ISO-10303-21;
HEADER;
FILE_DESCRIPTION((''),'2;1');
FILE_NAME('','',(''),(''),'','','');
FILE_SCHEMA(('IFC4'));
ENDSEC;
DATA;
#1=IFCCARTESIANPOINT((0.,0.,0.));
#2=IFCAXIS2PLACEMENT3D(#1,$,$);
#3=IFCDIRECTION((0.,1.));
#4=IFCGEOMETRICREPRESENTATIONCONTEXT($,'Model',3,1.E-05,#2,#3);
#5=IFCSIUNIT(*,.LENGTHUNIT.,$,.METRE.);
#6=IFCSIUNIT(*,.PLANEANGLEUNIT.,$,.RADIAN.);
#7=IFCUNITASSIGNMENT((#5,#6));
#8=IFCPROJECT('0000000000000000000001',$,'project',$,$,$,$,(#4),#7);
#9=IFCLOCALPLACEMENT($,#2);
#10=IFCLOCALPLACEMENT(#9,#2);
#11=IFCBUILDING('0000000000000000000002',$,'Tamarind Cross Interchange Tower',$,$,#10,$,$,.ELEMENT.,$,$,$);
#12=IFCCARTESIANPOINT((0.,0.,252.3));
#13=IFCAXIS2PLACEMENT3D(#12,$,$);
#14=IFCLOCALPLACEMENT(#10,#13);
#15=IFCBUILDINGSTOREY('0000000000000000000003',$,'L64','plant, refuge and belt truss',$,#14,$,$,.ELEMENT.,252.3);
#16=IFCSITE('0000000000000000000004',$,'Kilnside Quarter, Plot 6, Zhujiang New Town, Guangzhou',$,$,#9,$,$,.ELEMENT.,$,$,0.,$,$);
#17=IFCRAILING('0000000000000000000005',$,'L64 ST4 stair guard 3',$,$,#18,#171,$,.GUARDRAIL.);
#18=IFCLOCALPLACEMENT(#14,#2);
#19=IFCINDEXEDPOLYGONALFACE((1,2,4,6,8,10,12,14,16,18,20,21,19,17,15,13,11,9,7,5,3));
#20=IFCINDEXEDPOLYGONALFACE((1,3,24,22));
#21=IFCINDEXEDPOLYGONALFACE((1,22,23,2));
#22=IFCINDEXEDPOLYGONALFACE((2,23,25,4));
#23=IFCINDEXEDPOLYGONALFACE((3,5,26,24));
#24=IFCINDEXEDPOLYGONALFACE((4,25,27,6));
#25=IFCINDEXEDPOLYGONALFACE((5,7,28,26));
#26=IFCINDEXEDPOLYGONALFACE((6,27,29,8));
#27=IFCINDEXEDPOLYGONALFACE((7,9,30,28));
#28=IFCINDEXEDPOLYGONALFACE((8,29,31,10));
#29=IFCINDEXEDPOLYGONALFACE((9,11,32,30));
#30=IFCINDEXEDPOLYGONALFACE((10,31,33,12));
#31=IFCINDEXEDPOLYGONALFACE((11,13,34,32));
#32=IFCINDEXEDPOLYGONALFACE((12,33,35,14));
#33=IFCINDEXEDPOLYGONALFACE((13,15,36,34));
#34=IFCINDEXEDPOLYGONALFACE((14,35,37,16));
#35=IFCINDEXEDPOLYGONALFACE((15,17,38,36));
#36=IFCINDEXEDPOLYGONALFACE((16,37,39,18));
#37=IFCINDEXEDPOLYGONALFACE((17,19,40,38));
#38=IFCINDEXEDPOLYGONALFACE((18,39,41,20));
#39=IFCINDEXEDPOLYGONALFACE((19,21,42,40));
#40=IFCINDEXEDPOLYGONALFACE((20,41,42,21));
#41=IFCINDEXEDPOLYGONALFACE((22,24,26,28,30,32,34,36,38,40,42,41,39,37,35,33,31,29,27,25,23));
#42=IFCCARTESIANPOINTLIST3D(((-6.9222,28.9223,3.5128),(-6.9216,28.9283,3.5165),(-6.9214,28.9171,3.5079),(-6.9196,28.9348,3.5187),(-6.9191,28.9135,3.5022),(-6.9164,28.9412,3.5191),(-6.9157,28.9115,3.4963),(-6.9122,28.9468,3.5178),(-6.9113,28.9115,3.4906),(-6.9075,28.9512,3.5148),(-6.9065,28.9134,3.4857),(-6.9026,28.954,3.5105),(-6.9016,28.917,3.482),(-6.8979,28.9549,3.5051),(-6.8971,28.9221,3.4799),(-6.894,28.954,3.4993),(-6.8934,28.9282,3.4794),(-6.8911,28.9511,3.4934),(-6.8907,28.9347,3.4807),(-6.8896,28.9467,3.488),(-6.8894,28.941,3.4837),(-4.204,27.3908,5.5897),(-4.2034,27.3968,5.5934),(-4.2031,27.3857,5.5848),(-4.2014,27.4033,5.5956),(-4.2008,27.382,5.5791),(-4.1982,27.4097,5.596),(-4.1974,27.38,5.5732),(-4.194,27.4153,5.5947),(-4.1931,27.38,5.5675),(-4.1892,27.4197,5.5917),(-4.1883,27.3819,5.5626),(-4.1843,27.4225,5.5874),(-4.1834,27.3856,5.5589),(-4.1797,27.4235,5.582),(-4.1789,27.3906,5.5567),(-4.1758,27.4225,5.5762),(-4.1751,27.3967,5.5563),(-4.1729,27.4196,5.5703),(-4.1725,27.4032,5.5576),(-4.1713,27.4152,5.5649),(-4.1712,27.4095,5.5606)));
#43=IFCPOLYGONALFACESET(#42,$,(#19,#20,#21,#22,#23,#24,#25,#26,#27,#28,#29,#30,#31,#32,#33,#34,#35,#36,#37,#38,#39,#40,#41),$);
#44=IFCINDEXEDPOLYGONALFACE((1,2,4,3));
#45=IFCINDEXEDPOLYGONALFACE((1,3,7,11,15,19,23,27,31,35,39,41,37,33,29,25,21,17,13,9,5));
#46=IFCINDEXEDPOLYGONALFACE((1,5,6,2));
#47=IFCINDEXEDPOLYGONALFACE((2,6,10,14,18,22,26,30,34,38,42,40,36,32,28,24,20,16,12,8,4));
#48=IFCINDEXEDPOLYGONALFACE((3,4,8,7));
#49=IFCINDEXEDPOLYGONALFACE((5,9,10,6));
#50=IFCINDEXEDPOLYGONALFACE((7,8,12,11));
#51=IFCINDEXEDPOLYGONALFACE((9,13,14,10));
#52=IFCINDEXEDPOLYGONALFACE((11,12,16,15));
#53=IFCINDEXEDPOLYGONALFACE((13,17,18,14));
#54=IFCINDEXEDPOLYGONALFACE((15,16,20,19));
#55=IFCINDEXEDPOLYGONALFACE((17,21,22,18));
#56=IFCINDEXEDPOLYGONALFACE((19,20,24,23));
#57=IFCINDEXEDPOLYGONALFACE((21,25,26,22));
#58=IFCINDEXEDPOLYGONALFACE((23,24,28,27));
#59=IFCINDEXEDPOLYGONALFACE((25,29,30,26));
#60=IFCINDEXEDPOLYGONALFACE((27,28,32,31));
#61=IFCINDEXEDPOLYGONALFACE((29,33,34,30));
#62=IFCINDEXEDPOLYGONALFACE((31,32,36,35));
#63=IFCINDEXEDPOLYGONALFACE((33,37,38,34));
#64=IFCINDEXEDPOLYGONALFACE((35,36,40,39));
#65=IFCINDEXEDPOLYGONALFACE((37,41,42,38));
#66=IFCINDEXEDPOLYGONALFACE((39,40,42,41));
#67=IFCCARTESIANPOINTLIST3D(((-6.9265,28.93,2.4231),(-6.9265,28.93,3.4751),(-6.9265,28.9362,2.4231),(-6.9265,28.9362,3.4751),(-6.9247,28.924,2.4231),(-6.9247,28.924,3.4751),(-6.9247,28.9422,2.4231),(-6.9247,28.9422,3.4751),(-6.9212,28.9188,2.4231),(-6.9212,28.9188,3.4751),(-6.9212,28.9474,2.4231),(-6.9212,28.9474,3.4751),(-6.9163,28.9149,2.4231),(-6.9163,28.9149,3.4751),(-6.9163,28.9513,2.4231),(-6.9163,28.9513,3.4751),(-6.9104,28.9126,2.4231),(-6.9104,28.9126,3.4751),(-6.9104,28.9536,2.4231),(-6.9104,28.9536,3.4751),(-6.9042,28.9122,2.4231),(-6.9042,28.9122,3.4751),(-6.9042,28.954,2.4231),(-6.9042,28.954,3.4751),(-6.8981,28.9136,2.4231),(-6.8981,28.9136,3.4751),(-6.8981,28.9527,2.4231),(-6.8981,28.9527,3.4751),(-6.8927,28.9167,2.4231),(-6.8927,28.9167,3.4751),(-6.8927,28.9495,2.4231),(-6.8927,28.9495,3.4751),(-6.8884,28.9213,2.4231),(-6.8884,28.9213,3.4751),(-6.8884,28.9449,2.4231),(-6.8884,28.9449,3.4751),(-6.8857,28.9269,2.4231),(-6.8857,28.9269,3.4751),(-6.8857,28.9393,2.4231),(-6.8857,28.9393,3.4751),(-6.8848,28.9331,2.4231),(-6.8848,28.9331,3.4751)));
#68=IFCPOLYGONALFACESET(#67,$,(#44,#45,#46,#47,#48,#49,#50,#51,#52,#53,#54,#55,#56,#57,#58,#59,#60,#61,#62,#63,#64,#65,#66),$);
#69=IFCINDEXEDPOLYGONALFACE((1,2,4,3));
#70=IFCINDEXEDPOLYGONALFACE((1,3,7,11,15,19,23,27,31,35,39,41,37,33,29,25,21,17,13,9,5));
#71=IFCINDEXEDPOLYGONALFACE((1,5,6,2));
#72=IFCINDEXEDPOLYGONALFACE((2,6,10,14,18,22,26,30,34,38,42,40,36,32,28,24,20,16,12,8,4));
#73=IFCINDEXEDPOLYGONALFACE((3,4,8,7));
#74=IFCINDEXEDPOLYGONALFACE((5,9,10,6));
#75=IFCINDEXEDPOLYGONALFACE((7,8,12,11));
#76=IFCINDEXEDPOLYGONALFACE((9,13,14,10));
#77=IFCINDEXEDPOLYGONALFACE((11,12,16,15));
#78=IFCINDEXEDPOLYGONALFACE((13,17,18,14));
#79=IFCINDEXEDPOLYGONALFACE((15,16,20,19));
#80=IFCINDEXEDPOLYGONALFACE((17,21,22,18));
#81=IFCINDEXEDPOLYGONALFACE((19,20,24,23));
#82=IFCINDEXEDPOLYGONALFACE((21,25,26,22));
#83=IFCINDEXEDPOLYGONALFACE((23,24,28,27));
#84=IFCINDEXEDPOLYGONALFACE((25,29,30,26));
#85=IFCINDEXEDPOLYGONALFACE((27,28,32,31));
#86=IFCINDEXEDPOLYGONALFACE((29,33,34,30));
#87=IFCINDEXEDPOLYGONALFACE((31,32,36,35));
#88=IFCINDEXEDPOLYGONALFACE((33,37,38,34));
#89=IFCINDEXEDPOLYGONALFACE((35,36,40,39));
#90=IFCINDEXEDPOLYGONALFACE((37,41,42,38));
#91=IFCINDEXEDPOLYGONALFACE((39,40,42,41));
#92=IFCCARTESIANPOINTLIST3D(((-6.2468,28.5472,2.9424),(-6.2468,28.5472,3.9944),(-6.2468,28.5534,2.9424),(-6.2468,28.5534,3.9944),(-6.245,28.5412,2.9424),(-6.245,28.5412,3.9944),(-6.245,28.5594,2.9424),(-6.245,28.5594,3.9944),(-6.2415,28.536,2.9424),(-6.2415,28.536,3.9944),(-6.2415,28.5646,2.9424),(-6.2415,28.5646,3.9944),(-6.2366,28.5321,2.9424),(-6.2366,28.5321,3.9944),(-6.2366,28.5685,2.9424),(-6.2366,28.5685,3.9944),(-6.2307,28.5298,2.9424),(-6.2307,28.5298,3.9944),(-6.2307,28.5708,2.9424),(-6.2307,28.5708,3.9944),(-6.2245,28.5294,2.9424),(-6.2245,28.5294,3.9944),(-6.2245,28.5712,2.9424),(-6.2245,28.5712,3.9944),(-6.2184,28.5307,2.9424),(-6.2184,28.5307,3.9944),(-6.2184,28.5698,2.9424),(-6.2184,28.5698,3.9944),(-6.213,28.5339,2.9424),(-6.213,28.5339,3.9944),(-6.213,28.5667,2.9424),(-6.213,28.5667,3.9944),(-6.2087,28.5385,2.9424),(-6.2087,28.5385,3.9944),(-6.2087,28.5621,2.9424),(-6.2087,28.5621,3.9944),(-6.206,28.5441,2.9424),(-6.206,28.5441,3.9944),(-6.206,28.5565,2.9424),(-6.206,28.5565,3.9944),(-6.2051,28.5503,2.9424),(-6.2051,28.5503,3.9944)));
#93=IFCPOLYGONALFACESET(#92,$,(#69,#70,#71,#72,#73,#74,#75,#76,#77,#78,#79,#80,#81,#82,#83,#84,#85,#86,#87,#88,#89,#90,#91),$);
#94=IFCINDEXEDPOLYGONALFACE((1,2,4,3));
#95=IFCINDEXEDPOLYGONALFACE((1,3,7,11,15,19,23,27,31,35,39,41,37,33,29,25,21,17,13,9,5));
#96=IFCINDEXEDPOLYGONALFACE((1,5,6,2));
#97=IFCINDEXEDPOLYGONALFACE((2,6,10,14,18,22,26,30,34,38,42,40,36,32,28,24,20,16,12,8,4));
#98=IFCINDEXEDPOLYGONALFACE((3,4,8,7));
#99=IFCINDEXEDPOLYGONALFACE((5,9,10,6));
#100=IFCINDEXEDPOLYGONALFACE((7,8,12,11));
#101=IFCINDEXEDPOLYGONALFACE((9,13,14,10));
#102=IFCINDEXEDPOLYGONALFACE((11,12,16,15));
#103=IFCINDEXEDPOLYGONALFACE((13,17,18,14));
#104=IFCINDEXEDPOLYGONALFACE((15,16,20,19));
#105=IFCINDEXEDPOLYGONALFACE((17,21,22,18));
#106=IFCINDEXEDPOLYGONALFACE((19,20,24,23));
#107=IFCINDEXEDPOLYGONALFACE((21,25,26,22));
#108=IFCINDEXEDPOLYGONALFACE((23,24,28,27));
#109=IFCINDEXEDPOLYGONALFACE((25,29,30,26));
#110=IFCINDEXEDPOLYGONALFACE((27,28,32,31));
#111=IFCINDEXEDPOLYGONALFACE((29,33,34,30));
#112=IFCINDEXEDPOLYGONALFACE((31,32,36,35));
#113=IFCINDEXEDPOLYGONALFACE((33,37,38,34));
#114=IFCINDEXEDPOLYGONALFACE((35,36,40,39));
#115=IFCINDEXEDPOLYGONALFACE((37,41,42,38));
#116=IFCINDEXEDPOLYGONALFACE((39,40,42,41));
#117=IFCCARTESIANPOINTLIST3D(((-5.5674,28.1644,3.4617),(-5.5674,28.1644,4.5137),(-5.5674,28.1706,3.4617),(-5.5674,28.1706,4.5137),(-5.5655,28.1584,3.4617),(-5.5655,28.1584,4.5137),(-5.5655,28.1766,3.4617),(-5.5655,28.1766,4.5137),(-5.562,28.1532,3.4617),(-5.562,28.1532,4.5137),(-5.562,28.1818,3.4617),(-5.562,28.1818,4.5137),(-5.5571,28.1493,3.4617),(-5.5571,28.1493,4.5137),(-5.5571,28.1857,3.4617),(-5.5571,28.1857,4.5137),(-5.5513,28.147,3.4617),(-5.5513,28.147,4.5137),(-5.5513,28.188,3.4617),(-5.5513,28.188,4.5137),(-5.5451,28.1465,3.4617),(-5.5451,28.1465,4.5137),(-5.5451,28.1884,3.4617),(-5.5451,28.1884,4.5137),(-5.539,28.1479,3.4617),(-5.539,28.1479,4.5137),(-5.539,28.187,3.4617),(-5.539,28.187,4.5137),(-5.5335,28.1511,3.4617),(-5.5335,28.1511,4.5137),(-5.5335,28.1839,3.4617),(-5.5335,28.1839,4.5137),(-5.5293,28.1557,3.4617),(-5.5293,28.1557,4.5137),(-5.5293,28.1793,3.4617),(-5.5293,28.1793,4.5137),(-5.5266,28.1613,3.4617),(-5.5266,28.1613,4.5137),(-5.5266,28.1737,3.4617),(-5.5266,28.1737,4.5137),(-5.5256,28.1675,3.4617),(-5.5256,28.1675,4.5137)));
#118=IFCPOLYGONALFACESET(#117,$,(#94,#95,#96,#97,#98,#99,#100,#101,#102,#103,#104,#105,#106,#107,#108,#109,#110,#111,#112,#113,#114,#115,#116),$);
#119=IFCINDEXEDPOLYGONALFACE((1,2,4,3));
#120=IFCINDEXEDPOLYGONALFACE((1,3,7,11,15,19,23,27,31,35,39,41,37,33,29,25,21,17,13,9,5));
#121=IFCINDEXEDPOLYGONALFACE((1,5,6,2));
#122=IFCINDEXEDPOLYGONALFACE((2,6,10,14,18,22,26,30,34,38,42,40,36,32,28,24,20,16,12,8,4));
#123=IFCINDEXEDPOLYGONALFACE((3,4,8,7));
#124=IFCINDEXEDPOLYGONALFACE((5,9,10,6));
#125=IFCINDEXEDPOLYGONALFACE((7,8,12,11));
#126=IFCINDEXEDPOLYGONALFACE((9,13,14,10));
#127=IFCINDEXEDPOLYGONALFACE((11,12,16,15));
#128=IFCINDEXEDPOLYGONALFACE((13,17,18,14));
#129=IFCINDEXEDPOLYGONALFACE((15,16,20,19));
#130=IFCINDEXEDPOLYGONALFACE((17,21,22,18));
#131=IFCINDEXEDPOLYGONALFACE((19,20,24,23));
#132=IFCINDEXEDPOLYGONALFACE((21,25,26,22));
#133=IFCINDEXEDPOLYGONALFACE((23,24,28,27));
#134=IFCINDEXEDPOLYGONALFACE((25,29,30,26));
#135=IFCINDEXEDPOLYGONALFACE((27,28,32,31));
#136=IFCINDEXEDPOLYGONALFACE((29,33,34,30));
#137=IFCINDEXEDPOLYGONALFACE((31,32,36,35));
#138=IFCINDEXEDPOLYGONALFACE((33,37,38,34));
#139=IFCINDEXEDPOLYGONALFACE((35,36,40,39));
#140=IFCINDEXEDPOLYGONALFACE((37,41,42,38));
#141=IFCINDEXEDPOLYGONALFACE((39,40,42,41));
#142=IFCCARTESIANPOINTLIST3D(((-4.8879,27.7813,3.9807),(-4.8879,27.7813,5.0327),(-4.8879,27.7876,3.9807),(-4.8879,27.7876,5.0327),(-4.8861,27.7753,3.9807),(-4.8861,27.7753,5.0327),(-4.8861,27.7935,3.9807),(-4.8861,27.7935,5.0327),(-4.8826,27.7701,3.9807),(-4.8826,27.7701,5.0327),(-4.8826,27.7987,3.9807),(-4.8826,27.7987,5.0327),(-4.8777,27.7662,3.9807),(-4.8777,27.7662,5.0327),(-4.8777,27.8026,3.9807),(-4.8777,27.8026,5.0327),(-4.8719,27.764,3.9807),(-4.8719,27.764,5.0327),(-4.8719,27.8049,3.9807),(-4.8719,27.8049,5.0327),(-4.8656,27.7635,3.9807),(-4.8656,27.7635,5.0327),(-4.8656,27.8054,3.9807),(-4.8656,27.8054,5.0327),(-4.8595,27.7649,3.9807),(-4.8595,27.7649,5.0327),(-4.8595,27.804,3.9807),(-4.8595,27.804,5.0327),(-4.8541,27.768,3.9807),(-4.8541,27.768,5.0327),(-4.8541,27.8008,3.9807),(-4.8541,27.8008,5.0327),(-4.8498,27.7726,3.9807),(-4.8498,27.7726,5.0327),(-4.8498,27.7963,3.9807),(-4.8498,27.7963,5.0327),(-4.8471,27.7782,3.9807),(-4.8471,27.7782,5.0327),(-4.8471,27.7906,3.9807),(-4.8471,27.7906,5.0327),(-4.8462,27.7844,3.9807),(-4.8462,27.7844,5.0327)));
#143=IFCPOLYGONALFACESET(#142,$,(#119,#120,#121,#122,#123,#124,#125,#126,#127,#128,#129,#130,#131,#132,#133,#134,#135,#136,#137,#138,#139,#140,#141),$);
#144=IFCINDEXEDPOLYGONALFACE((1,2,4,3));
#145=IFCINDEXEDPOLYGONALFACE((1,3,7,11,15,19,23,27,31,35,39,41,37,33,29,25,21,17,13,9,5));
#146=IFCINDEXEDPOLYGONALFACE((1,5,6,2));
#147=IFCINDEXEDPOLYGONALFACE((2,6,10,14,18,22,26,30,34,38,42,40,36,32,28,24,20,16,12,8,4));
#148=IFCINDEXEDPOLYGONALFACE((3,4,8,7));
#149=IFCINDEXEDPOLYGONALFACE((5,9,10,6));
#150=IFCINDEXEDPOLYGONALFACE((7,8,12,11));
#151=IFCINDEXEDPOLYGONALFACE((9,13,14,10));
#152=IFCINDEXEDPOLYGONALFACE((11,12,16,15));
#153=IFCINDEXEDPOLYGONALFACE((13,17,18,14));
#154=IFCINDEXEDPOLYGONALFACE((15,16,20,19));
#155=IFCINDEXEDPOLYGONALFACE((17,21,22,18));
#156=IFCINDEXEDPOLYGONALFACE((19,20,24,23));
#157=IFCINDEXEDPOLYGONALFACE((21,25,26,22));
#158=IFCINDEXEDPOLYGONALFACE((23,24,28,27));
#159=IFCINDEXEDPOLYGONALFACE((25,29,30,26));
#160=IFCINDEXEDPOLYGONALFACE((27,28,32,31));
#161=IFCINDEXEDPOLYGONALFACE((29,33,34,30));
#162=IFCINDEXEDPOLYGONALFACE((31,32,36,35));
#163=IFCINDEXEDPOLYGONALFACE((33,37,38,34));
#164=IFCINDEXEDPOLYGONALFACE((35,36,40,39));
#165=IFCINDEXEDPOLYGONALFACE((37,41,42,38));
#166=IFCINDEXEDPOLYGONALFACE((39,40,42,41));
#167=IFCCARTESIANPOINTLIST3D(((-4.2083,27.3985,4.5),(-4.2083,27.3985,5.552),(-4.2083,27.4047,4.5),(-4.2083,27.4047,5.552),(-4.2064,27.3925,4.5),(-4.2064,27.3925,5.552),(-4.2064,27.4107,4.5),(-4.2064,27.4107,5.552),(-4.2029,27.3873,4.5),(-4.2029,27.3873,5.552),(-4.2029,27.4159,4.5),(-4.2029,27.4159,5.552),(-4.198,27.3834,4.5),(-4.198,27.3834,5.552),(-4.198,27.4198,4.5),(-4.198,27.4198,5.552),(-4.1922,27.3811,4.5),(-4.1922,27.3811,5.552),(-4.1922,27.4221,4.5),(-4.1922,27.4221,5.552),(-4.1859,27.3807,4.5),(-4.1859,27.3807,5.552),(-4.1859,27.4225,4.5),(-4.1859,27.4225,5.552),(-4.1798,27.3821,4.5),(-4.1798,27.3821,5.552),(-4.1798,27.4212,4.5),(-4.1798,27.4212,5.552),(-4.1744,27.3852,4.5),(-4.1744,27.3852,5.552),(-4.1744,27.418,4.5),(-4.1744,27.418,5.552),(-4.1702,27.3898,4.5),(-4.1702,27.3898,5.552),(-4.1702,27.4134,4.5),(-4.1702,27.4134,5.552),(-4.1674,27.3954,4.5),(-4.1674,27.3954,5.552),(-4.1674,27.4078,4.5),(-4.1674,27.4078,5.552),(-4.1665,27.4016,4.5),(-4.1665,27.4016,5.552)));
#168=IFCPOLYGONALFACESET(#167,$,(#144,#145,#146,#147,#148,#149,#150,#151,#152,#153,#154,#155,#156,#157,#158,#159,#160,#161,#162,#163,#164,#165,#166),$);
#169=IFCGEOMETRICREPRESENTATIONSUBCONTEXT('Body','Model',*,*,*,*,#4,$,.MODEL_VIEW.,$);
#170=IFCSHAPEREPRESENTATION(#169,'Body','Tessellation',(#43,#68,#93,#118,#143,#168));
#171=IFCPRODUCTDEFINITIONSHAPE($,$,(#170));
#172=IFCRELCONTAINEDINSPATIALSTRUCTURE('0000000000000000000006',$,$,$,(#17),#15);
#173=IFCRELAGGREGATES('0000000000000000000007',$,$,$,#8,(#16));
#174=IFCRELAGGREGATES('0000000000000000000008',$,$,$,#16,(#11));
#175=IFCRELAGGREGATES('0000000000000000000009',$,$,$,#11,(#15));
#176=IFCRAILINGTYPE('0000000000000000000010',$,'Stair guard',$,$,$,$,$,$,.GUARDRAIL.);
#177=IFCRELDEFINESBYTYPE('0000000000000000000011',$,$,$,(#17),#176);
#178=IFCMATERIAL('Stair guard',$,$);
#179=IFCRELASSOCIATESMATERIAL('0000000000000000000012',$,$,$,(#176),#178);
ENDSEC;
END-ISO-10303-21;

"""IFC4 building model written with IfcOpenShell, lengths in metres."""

from ifc_helpers import new_model, si_unit, direction, frame, origin, origin_2d, place, context, subcontext, project, spatial, circle, extrude, material, type_object, element, save


model = new_model("IFC4")

# Units and contexts
model_context = context("Model", 3, precision=1e-05, world=origin(), true_north=direction((0.0, 1.0)))
body_context = subcontext(model_context, "Body", "Model", "MODEL_VIEW")
ifc_project = project(units=[si_unit("LENGTHUNIT", "METRE"), si_unit("PLANEANGLEUNIT", "RADIAN")], contexts=[model_context])

# Site, building, storey
site_placement = place(None, origin())
site = spatial("IfcSite", under=ifc_project, at=site_placement, Name="Kilnside Quarter, Plot 6, Zhujiang New Town, Guangzhou", CompositionType="ELEMENT", RefElevation=0.0)
building_placement = place(site_placement, origin())
building = spatial("IfcBuilding", under=site, at=building_placement, Name="Tamarind Cross Interchange Tower", CompositionType="ELEMENT")
storey_placement = place(building_placement, frame((0.0, 0.0, 252.3)))
storey = spatial("IfcBuildingStorey", under=building, at=storey_placement, Name="L64", Description="plant, refuge and belt truss", CompositionType="ELEMENT", Elevation=252.3)

# Railing
ifc_material_1 = material(Name="Stair guard")
railing_type_1 = type_object("IfcRailingType", Name="Stair guard", PredefinedType="GUARDRAIL", material=ifc_material_1)
railing_1_placement = place(storey_placement, frame((-6.9058, 28.9331, 2.4231)))
element("IfcRailing", 1, at=railing_1_placement, inside=storey, type_object=railing_type_1, Name="L64 ST4 stair guard 3", PredefinedType="GUARDRAIL", context=body_context, shape_type="SweptSolid", body=[
    extrude(circle(Radius=0.0239, at=origin_2d()), frame((0.0, 0.0, 1.0762), z_axis=(0.725245, -0.40861, 0.554128), x_axis=(0.490863, 0.871237, 0.0)), (0.0, 0.0, 1.0), 3.748),
    extrude(circle(Radius=0.021, at=origin_2d()), origin(), (0.0, 0.0, 1.0), 1.052),
    extrude(circle(Radius=0.021, at=origin_2d()), frame((0.6797, -0.3828, 0.5193)), (0.0, 0.0, 1.0), 1.052),
    extrude(circle(Radius=0.021, at=origin_2d()), frame((1.3591, -0.7656, 1.0386)), (0.0, 0.0, 1.0), 1.052),
    extrude(circle(Radius=0.021, at=origin_2d()), frame((2.0386, -1.1487, 1.5576)), (0.0, 0.0, 1.0), 1.052),
    extrude(circle(Radius=0.021, at=origin_2d()), frame((2.7183, -1.5315, 2.0769)), (0.0, 0.0, 1.0), 1.052),
])

save(model, "model.ifc")
